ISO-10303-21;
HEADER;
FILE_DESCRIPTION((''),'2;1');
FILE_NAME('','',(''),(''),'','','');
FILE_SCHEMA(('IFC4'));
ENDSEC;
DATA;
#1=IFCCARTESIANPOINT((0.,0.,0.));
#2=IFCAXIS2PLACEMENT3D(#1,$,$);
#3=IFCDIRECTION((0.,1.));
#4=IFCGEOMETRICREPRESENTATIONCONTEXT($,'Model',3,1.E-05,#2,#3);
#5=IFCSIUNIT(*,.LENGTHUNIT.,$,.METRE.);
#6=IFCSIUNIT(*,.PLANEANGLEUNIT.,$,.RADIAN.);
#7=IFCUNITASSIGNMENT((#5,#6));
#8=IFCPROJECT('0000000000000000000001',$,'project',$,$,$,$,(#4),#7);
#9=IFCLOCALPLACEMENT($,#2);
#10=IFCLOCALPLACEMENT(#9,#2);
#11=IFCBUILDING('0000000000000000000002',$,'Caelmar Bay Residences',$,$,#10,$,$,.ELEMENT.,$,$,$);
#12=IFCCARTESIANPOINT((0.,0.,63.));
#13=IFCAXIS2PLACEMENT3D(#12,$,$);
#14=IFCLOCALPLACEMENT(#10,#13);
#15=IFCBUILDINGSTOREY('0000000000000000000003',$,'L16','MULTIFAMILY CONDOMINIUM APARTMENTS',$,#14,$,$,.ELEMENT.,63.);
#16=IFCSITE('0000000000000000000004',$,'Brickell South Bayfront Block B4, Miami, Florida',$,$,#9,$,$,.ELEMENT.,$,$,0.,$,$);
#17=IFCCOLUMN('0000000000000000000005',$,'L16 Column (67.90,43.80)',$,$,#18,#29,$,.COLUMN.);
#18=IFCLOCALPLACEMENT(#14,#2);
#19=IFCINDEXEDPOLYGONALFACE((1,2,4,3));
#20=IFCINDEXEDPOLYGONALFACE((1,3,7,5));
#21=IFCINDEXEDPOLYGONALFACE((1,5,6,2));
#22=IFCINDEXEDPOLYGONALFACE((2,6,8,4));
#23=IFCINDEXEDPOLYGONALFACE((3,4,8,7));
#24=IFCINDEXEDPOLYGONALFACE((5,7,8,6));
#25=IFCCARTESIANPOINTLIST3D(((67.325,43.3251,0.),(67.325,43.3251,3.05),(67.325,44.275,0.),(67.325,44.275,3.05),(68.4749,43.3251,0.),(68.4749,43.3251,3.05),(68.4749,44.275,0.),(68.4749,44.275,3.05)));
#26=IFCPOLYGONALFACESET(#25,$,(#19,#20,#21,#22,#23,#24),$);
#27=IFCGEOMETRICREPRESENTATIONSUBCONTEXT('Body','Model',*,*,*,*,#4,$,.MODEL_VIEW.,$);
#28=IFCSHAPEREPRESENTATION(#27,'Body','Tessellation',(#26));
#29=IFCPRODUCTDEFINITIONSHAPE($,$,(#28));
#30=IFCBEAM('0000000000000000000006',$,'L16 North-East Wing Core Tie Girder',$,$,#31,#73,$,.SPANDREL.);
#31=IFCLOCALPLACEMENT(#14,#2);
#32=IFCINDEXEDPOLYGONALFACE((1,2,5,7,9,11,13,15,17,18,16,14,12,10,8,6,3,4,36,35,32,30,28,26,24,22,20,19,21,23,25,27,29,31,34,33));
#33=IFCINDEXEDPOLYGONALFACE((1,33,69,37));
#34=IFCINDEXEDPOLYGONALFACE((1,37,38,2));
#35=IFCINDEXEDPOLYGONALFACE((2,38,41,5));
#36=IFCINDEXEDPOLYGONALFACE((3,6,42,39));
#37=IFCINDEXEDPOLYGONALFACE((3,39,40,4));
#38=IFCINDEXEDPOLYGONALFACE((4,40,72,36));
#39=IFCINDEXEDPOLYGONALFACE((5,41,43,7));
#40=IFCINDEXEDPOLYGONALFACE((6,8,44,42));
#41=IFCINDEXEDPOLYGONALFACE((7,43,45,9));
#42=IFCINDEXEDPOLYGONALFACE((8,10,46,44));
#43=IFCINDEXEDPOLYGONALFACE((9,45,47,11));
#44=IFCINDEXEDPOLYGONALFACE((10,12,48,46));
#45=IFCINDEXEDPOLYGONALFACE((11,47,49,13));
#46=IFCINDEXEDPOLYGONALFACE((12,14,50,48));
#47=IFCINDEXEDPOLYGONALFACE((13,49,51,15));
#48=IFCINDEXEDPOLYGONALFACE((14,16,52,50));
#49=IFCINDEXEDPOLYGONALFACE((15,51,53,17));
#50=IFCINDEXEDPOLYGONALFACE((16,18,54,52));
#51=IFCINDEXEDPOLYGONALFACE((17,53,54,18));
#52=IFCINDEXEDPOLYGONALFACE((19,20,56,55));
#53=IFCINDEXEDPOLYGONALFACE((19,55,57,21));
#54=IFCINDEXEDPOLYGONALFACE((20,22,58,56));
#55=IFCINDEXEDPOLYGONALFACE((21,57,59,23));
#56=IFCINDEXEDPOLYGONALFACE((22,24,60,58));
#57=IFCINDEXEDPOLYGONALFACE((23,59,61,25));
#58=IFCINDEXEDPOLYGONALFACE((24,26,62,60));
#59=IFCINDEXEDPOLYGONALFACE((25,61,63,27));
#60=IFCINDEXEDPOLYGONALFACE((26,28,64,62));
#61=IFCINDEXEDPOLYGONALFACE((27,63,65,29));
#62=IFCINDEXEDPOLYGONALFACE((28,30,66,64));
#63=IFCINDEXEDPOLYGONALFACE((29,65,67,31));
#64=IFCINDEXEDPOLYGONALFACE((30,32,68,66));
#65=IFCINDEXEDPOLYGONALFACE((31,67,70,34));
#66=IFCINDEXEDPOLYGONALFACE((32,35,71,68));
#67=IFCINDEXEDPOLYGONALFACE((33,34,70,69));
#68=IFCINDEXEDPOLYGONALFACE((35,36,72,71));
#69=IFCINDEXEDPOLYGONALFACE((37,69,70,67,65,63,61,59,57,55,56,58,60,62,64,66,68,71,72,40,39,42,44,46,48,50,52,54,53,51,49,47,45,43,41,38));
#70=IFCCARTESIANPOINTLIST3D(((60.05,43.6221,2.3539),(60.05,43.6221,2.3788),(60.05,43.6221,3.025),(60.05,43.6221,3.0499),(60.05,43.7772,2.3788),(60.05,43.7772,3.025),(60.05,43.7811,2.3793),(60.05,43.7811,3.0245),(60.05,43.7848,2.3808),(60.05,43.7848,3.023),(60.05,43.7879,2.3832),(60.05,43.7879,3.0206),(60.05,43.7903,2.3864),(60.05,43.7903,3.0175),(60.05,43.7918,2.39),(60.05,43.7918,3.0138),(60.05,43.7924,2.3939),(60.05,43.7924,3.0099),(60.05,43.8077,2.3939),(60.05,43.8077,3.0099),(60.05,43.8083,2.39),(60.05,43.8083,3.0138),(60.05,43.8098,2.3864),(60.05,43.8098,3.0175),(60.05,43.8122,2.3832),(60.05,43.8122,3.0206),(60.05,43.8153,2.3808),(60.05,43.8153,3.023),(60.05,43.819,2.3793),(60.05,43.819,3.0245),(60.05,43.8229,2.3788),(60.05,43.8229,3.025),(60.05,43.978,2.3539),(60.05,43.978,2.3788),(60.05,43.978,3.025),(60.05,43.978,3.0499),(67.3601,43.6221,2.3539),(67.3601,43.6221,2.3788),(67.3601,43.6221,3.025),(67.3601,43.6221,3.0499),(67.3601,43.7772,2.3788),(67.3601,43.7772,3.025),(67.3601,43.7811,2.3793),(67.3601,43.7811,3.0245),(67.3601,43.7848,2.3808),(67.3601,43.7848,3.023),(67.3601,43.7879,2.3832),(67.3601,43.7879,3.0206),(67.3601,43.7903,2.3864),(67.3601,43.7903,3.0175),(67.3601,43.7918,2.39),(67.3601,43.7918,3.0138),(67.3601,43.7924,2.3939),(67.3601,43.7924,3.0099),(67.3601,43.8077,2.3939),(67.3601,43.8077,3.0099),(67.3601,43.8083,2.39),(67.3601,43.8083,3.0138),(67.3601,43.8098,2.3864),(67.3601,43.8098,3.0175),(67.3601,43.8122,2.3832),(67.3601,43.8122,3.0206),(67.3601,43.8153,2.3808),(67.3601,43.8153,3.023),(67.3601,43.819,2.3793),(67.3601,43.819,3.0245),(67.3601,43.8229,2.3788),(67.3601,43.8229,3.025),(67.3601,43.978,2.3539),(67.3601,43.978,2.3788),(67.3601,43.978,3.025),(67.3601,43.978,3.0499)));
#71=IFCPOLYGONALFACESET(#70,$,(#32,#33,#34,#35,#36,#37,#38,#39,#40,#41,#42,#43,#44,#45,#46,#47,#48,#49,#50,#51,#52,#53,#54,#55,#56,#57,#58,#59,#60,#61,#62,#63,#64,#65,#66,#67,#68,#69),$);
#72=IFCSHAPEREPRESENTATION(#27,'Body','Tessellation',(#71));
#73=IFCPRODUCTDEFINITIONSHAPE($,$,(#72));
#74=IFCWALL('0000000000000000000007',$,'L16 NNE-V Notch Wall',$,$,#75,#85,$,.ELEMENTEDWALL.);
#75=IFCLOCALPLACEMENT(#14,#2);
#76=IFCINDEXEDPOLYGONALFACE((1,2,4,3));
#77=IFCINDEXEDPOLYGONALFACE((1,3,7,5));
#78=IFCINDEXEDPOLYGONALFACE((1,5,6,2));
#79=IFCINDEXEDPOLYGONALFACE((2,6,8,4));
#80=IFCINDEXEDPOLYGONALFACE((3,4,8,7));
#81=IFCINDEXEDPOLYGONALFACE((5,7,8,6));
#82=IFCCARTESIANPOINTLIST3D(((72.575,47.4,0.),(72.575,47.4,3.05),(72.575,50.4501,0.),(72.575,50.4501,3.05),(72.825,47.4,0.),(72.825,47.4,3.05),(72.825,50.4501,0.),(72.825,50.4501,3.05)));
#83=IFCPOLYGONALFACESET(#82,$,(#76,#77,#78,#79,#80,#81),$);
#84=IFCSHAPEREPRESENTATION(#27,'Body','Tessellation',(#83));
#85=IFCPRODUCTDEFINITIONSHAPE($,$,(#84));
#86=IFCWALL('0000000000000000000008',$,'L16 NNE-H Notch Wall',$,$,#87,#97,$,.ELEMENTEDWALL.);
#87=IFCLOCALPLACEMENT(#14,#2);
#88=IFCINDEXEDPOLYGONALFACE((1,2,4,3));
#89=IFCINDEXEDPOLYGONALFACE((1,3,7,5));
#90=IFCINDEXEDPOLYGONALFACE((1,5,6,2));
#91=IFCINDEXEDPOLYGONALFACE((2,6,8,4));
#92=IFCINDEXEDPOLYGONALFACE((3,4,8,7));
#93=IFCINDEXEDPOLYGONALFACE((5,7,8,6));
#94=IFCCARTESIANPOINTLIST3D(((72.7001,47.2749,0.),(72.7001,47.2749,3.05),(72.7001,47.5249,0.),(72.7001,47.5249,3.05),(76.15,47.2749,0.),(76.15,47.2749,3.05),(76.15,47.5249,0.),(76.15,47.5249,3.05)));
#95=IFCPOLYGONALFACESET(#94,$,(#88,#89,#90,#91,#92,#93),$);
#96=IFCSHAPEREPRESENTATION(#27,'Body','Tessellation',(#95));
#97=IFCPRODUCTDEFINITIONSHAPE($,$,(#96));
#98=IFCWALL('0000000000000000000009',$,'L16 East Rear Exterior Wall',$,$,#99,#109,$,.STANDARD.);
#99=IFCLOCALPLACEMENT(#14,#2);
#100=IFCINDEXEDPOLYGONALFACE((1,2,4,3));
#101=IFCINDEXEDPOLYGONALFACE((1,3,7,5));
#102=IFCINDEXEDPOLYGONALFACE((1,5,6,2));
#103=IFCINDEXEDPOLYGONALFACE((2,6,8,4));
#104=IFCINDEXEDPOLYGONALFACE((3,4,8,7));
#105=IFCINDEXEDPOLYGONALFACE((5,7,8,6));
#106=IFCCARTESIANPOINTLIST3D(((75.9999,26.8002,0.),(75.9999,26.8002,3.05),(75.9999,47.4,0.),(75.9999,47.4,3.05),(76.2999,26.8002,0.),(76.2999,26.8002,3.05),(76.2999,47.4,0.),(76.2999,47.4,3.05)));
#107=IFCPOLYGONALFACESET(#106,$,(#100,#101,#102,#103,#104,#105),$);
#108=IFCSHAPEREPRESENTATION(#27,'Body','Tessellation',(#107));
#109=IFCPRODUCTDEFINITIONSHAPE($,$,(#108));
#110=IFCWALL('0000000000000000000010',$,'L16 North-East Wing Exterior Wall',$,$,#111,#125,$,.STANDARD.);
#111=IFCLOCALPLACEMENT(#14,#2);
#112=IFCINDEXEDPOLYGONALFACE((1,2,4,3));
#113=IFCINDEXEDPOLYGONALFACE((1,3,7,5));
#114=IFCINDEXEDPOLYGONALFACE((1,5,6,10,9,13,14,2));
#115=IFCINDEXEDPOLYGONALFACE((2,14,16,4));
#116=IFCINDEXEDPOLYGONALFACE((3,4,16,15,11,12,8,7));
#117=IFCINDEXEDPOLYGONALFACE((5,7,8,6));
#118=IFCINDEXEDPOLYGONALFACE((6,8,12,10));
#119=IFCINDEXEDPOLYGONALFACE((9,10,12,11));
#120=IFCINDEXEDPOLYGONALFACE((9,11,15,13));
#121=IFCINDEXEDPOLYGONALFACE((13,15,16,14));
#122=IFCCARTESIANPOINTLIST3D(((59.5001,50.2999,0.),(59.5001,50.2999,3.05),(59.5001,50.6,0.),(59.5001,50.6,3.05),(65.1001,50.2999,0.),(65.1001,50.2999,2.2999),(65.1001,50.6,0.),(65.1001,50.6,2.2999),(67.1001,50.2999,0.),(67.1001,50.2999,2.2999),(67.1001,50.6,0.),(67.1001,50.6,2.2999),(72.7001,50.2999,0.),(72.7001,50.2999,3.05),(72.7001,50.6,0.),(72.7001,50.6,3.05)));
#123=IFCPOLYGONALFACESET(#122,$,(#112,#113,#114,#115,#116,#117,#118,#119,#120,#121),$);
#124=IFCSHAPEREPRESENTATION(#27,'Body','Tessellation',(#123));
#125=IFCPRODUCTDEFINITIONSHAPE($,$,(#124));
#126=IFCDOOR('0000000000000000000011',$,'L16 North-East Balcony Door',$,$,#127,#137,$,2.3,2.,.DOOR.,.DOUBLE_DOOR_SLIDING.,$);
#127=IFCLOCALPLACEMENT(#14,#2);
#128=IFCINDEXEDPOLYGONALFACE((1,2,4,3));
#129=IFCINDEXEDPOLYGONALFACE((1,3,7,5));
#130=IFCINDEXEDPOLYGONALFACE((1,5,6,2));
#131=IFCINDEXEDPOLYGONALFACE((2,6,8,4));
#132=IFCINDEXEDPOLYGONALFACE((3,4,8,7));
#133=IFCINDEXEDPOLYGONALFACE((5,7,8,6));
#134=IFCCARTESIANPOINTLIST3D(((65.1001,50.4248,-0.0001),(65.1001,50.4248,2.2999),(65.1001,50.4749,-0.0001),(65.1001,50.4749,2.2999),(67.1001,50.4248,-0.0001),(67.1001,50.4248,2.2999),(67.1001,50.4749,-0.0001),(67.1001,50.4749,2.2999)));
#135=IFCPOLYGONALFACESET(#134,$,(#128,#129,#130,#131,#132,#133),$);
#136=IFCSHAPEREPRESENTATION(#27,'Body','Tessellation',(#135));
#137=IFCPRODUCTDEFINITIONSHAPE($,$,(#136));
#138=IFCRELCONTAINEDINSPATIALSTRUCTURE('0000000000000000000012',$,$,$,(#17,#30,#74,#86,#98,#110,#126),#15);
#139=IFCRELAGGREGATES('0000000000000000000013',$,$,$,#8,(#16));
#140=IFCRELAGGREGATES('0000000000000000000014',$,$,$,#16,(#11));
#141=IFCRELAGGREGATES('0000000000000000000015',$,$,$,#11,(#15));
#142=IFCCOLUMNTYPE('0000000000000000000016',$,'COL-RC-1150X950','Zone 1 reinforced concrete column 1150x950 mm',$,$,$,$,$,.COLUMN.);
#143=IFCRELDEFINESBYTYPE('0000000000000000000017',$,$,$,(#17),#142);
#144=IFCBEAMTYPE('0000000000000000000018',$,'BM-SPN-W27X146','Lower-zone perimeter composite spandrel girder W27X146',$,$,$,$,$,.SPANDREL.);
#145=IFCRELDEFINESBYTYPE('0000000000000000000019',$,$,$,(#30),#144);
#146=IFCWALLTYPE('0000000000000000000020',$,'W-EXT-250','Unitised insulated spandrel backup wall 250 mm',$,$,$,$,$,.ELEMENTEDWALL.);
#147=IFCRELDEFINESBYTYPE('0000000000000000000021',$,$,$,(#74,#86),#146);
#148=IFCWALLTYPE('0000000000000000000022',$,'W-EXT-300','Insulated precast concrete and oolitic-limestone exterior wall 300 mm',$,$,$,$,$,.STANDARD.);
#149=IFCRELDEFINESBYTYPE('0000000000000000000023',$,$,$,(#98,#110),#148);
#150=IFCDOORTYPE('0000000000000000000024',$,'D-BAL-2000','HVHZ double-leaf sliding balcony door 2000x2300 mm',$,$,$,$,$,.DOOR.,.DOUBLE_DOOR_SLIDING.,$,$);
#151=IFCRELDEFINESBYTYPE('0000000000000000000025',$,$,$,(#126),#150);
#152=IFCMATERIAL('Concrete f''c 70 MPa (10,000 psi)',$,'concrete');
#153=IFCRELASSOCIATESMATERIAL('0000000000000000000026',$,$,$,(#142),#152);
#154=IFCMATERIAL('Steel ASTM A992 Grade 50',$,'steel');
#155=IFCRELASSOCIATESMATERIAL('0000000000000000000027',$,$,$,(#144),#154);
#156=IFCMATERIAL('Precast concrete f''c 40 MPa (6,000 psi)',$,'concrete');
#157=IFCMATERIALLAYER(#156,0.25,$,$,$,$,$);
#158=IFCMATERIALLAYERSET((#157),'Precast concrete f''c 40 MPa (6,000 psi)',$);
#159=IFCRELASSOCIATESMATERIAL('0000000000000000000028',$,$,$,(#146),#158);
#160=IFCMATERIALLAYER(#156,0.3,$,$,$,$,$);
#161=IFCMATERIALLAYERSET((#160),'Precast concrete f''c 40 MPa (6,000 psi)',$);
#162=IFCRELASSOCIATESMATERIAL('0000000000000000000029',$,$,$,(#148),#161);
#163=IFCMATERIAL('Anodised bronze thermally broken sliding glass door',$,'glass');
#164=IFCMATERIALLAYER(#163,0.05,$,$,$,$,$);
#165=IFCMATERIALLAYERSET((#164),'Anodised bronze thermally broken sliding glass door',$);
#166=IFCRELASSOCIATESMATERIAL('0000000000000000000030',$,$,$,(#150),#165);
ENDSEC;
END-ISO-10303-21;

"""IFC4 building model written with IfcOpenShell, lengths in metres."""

from ifc_helpers import new_model, si_unit, direction, frame, frame_2d, origin, origin_2d, place, context, subcontext, project, spatial, rectangle, i_section, extrude, material, layer, layer_set, material_profile, profile_set, type_object, element, fill, save


model = new_model("IFC4")

# Units and contexts
model_context = context("Model", 3, precision=1e-05, world=origin(), true_north=direction((0.0, 1.0)))
body_context = subcontext(model_context, "Body", "Model", "MODEL_VIEW")
ifc_project = project(units=[si_unit("LENGTHUNIT", "METRE"), si_unit("PLANEANGLEUNIT", "RADIAN")], contexts=[model_context])

# Site, building, storey
site_placement = place(None, origin())
site = spatial("IfcSite", under=ifc_project, at=site_placement, Name="Brickell South Bayfront Block B4, Miami, Florida", CompositionType="ELEMENT", RefElevation=0.0)
building_placement = place(site_placement, origin())
building = spatial("IfcBuilding", under=site, at=building_placement, Name="Caelmar Bay Residences", CompositionType="ELEMENT")
storey_placement = place(building_placement, frame((0.0, 0.0, 63.0)))
storey = spatial("IfcBuildingStorey", under=building, at=storey_placement, Name="L16", Description="MULTIFAMILY CONDOMINIUM APARTMENTS", CompositionType="ELEMENT", Elevation=63.0)

# Column
ifc_material_1 = material(Name="Concrete f'c 70 MPa (10,000 psi)", Category="concrete")
ifc_material_profile_1 = material_profile(ifc_material_1, rectangle(XDim=1.1499, YDim=0.95, at=origin_2d()), Name="RC-COL-1150X950")
ifc_profile_set_1 = profile_set([ifc_material_profile_1], Name="Concrete f'c 70 MPa (10,000 psi)")
column_type = type_object("IfcColumnType", Name="COL-RC-1150X950", Description="Zone 1 reinforced concrete column 1150x950 mm", PredefinedType="COLUMN", material=ifc_profile_set_1)
column_placement = place(storey_placement, frame((67.8999, 43.8, 0.0), z_axis=(0.0, 0.0, 1.0), x_axis=(1.0, 0.0, 0.0)))
element("IfcColumn", 1, at=column_placement, inside=storey, type_object=column_type, Name="L16 Column (67.90,43.80)", PredefinedType="COLUMN", context=body_context, shape_type="SweptSolid", body=[
    extrude(rectangle(XDim=1.1499, YDim=0.95, at=origin_2d()), origin(), (0.0, 0.0, 1.0), 3.05),
])

# Beam
ifc_material_2 = material(Name="Steel ASTM A992 Grade 50", Category="steel")
ifc_material_profile_2 = material_profile(ifc_material_2, i_section(OverallWidth=0.356, OverallDepth=0.696, WebThickness=0.0154, FlangeThickness=0.0249, FilletRadius=0.0151, at=origin_2d()), Name="W27X146")
ifc_profile_set_2 = profile_set([ifc_material_profile_2], Name="Steel ASTM A992 Grade 50")
beam_type = type_object("IfcBeamType", Name="BM-SPN-W27X146", Description="Lower-zone perimeter composite spandrel girder W27X146", PredefinedType="SPANDREL", material=ifc_profile_set_2)
beam_placement = place(storey_placement, frame((60.05, 43.8, 2.7019), z_axis=(1.0, 0.0, 0.0), x_axis=(0.0, 1.0, 0.0)))
element("IfcBeam", 2, at=beam_placement, inside=storey, type_object=beam_type, Name="L16 North-East Wing Core Tie Girder", PredefinedType="SPANDREL", context=body_context, shape_type="SweptSolid", body=[
    extrude(i_section(OverallWidth=0.356, OverallDepth=0.696, WebThickness=0.0154, FlangeThickness=0.0249, FilletRadius=0.0151, at=origin_2d()), origin(), (0.0, 0.0, 1.0), 7.3101),
])

# Walls
ifc_material_3 = material(Name="Precast concrete f'c 40 MPa (6,000 psi)", Category="concrete")
ifc_layer_1 = layer(ifc_material_3, 0.25)
ifc_layer_set_1 = layer_set([ifc_layer_1], Name="Precast concrete f'c 40 MPa (6,000 psi)")
wall_type_1 = type_object("IfcWallType", Name="W-EXT-250", Description="Unitised insulated spandrel backup wall 250 mm", PredefinedType="ELEMENTEDWALL", material=ifc_layer_set_1)
wall_1_placement = place(storey_placement, frame((72.7, 50.45, 0.0), z_axis=(0.0, 0.0, 1.0), x_axis=(0.0, -1.0, 0.0)))
element("IfcWall", 3, at=wall_1_placement, inside=storey, type_object=wall_type_1, Name="L16 NNE-V Notch Wall", PredefinedType="ELEMENTEDWALL", context=body_context, shape_type="SweptSolid", body=[
    extrude(rectangle(XDim=3.05, YDim=0.25, at=frame_2d((1.5249, 0.0))), origin(), (0.0, 0.0, 1.0), 3.05),
])
wall_2_placement = place(storey_placement, frame((72.7, 47.3999, 0.0), z_axis=(0.0, 0.0, 1.0), x_axis=(1.0, 0.0, 0.0)))
element("IfcWall", 4, at=wall_2_placement, inside=storey, type_object=wall_type_1, Name="L16 NNE-H Notch Wall", PredefinedType="ELEMENTEDWALL", context=body_context, shape_type="SweptSolid", body=[
    extrude(rectangle(XDim=3.45, YDim=0.25, at=frame_2d((1.7251, 0.0))), origin(), (0.0, 0.0, 1.0), 3.05),
])
ifc_layer_2 = layer(ifc_material_3, 0.3)
ifc_layer_set_2 = layer_set([ifc_layer_2], Name="Precast concrete f'c 40 MPa (6,000 psi)")
wall_type_2 = type_object("IfcWallType", Name="W-EXT-300", Description="Insulated precast concrete and oolitic-limestone exterior wall 300 mm", PredefinedType="STANDARD", material=ifc_layer_set_2)
wall_3_placement = place(storey_placement, frame((76.1499, 47.3999, 0.0), z_axis=(0.0, 0.0, 1.0), x_axis=(0.0, -1.0, 0.0)))
element("IfcWall", 5, at=wall_3_placement, inside=storey, type_object=wall_type_2, Name="L16 East Rear Exterior Wall", PredefinedType="STANDARD", context=body_context, shape_type="SweptSolid", body=[
    extrude(rectangle(XDim=20.5999, YDim=0.3, at=frame_2d((10.2998, 0.0))), origin(), (0.0, 0.0, 1.0), 3.05),
])

# Wall, opening, door
wall_4_placement = place(storey_placement, frame((59.5, 50.45, 0.0), z_axis=(0.0, 0.0, 1.0), x_axis=(1.0, 0.0, 0.0)))
wall_4 = element("IfcWall", 6, at=wall_4_placement, inside=storey, type_object=wall_type_2, Name="L16 North-East Wing Exterior Wall", PredefinedType="STANDARD", context=body_context, shape_type="SweptSolid", body=[
    extrude(rectangle(XDim=13.2, YDim=0.3, at=frame_2d((6.6001, 0.0))), origin(), (0.0, 0.0, 1.0), 3.05),
])
opening_1_placement = place(wall_4_placement, frame((5.6001, 0.0, 0.0)))
opening_1 = element("IfcOpeningElement", 7, at=opening_1_placement, cuts=wall_4, PredefinedType="OPENING", context=body_context, shape_type="SweptSolid", body=[
    extrude(rectangle(XDim=2.0, YDim=2.3, at=frame_2d((1.0, 1.1499))), frame((0.0, 0.1599, 0.0), z_axis=(0.0, -1.0, 0.0), x_axis=(1.0, 0.0, 0.0)), (0.0, 0.0, 1.0), 0.3201),
])
ifc_material_4 = material(Name="Anodised bronze thermally broken sliding glass door", Category="glass")
ifc_layer_3 = layer(ifc_material_4, 0.05)
ifc_layer_set_3 = layer_set([ifc_layer_3], Name="Anodised bronze thermally broken sliding glass door")
door_type_1 = type_object("IfcDoorType", Name="D-BAL-2000", Description="HVHZ double-leaf sliding balcony door 2000x2300 mm", OperationType="DOUBLE_DOOR_SLIDING", PredefinedType="DOOR", material=ifc_layer_set_3)
door_1_placement = place(opening_1_placement, origin())
door_1 = element("IfcDoor", 8, at=door_1_placement, inside=storey, type_object=door_type_1, Name="L16 North-East Balcony Door", OperationType="DOUBLE_DOOR_SLIDING", OverallHeight=2.3, OverallWidth=2.0, PredefinedType="DOOR", context=body_context, shape_type="SweptSolid", body=[
    extrude(rectangle(XDim=2.0, YDim=2.3, at=frame_2d((1.0, 1.1499))), frame((0.0, 0.0249, 0.0), z_axis=(0.0, -1.0, 0.0), x_axis=(1.0, 0.0, 0.0)), (0.0, 0.0, 1.0), 0.05),
])
fill(opening_1, door_1)

save(model, "model.ifc")
